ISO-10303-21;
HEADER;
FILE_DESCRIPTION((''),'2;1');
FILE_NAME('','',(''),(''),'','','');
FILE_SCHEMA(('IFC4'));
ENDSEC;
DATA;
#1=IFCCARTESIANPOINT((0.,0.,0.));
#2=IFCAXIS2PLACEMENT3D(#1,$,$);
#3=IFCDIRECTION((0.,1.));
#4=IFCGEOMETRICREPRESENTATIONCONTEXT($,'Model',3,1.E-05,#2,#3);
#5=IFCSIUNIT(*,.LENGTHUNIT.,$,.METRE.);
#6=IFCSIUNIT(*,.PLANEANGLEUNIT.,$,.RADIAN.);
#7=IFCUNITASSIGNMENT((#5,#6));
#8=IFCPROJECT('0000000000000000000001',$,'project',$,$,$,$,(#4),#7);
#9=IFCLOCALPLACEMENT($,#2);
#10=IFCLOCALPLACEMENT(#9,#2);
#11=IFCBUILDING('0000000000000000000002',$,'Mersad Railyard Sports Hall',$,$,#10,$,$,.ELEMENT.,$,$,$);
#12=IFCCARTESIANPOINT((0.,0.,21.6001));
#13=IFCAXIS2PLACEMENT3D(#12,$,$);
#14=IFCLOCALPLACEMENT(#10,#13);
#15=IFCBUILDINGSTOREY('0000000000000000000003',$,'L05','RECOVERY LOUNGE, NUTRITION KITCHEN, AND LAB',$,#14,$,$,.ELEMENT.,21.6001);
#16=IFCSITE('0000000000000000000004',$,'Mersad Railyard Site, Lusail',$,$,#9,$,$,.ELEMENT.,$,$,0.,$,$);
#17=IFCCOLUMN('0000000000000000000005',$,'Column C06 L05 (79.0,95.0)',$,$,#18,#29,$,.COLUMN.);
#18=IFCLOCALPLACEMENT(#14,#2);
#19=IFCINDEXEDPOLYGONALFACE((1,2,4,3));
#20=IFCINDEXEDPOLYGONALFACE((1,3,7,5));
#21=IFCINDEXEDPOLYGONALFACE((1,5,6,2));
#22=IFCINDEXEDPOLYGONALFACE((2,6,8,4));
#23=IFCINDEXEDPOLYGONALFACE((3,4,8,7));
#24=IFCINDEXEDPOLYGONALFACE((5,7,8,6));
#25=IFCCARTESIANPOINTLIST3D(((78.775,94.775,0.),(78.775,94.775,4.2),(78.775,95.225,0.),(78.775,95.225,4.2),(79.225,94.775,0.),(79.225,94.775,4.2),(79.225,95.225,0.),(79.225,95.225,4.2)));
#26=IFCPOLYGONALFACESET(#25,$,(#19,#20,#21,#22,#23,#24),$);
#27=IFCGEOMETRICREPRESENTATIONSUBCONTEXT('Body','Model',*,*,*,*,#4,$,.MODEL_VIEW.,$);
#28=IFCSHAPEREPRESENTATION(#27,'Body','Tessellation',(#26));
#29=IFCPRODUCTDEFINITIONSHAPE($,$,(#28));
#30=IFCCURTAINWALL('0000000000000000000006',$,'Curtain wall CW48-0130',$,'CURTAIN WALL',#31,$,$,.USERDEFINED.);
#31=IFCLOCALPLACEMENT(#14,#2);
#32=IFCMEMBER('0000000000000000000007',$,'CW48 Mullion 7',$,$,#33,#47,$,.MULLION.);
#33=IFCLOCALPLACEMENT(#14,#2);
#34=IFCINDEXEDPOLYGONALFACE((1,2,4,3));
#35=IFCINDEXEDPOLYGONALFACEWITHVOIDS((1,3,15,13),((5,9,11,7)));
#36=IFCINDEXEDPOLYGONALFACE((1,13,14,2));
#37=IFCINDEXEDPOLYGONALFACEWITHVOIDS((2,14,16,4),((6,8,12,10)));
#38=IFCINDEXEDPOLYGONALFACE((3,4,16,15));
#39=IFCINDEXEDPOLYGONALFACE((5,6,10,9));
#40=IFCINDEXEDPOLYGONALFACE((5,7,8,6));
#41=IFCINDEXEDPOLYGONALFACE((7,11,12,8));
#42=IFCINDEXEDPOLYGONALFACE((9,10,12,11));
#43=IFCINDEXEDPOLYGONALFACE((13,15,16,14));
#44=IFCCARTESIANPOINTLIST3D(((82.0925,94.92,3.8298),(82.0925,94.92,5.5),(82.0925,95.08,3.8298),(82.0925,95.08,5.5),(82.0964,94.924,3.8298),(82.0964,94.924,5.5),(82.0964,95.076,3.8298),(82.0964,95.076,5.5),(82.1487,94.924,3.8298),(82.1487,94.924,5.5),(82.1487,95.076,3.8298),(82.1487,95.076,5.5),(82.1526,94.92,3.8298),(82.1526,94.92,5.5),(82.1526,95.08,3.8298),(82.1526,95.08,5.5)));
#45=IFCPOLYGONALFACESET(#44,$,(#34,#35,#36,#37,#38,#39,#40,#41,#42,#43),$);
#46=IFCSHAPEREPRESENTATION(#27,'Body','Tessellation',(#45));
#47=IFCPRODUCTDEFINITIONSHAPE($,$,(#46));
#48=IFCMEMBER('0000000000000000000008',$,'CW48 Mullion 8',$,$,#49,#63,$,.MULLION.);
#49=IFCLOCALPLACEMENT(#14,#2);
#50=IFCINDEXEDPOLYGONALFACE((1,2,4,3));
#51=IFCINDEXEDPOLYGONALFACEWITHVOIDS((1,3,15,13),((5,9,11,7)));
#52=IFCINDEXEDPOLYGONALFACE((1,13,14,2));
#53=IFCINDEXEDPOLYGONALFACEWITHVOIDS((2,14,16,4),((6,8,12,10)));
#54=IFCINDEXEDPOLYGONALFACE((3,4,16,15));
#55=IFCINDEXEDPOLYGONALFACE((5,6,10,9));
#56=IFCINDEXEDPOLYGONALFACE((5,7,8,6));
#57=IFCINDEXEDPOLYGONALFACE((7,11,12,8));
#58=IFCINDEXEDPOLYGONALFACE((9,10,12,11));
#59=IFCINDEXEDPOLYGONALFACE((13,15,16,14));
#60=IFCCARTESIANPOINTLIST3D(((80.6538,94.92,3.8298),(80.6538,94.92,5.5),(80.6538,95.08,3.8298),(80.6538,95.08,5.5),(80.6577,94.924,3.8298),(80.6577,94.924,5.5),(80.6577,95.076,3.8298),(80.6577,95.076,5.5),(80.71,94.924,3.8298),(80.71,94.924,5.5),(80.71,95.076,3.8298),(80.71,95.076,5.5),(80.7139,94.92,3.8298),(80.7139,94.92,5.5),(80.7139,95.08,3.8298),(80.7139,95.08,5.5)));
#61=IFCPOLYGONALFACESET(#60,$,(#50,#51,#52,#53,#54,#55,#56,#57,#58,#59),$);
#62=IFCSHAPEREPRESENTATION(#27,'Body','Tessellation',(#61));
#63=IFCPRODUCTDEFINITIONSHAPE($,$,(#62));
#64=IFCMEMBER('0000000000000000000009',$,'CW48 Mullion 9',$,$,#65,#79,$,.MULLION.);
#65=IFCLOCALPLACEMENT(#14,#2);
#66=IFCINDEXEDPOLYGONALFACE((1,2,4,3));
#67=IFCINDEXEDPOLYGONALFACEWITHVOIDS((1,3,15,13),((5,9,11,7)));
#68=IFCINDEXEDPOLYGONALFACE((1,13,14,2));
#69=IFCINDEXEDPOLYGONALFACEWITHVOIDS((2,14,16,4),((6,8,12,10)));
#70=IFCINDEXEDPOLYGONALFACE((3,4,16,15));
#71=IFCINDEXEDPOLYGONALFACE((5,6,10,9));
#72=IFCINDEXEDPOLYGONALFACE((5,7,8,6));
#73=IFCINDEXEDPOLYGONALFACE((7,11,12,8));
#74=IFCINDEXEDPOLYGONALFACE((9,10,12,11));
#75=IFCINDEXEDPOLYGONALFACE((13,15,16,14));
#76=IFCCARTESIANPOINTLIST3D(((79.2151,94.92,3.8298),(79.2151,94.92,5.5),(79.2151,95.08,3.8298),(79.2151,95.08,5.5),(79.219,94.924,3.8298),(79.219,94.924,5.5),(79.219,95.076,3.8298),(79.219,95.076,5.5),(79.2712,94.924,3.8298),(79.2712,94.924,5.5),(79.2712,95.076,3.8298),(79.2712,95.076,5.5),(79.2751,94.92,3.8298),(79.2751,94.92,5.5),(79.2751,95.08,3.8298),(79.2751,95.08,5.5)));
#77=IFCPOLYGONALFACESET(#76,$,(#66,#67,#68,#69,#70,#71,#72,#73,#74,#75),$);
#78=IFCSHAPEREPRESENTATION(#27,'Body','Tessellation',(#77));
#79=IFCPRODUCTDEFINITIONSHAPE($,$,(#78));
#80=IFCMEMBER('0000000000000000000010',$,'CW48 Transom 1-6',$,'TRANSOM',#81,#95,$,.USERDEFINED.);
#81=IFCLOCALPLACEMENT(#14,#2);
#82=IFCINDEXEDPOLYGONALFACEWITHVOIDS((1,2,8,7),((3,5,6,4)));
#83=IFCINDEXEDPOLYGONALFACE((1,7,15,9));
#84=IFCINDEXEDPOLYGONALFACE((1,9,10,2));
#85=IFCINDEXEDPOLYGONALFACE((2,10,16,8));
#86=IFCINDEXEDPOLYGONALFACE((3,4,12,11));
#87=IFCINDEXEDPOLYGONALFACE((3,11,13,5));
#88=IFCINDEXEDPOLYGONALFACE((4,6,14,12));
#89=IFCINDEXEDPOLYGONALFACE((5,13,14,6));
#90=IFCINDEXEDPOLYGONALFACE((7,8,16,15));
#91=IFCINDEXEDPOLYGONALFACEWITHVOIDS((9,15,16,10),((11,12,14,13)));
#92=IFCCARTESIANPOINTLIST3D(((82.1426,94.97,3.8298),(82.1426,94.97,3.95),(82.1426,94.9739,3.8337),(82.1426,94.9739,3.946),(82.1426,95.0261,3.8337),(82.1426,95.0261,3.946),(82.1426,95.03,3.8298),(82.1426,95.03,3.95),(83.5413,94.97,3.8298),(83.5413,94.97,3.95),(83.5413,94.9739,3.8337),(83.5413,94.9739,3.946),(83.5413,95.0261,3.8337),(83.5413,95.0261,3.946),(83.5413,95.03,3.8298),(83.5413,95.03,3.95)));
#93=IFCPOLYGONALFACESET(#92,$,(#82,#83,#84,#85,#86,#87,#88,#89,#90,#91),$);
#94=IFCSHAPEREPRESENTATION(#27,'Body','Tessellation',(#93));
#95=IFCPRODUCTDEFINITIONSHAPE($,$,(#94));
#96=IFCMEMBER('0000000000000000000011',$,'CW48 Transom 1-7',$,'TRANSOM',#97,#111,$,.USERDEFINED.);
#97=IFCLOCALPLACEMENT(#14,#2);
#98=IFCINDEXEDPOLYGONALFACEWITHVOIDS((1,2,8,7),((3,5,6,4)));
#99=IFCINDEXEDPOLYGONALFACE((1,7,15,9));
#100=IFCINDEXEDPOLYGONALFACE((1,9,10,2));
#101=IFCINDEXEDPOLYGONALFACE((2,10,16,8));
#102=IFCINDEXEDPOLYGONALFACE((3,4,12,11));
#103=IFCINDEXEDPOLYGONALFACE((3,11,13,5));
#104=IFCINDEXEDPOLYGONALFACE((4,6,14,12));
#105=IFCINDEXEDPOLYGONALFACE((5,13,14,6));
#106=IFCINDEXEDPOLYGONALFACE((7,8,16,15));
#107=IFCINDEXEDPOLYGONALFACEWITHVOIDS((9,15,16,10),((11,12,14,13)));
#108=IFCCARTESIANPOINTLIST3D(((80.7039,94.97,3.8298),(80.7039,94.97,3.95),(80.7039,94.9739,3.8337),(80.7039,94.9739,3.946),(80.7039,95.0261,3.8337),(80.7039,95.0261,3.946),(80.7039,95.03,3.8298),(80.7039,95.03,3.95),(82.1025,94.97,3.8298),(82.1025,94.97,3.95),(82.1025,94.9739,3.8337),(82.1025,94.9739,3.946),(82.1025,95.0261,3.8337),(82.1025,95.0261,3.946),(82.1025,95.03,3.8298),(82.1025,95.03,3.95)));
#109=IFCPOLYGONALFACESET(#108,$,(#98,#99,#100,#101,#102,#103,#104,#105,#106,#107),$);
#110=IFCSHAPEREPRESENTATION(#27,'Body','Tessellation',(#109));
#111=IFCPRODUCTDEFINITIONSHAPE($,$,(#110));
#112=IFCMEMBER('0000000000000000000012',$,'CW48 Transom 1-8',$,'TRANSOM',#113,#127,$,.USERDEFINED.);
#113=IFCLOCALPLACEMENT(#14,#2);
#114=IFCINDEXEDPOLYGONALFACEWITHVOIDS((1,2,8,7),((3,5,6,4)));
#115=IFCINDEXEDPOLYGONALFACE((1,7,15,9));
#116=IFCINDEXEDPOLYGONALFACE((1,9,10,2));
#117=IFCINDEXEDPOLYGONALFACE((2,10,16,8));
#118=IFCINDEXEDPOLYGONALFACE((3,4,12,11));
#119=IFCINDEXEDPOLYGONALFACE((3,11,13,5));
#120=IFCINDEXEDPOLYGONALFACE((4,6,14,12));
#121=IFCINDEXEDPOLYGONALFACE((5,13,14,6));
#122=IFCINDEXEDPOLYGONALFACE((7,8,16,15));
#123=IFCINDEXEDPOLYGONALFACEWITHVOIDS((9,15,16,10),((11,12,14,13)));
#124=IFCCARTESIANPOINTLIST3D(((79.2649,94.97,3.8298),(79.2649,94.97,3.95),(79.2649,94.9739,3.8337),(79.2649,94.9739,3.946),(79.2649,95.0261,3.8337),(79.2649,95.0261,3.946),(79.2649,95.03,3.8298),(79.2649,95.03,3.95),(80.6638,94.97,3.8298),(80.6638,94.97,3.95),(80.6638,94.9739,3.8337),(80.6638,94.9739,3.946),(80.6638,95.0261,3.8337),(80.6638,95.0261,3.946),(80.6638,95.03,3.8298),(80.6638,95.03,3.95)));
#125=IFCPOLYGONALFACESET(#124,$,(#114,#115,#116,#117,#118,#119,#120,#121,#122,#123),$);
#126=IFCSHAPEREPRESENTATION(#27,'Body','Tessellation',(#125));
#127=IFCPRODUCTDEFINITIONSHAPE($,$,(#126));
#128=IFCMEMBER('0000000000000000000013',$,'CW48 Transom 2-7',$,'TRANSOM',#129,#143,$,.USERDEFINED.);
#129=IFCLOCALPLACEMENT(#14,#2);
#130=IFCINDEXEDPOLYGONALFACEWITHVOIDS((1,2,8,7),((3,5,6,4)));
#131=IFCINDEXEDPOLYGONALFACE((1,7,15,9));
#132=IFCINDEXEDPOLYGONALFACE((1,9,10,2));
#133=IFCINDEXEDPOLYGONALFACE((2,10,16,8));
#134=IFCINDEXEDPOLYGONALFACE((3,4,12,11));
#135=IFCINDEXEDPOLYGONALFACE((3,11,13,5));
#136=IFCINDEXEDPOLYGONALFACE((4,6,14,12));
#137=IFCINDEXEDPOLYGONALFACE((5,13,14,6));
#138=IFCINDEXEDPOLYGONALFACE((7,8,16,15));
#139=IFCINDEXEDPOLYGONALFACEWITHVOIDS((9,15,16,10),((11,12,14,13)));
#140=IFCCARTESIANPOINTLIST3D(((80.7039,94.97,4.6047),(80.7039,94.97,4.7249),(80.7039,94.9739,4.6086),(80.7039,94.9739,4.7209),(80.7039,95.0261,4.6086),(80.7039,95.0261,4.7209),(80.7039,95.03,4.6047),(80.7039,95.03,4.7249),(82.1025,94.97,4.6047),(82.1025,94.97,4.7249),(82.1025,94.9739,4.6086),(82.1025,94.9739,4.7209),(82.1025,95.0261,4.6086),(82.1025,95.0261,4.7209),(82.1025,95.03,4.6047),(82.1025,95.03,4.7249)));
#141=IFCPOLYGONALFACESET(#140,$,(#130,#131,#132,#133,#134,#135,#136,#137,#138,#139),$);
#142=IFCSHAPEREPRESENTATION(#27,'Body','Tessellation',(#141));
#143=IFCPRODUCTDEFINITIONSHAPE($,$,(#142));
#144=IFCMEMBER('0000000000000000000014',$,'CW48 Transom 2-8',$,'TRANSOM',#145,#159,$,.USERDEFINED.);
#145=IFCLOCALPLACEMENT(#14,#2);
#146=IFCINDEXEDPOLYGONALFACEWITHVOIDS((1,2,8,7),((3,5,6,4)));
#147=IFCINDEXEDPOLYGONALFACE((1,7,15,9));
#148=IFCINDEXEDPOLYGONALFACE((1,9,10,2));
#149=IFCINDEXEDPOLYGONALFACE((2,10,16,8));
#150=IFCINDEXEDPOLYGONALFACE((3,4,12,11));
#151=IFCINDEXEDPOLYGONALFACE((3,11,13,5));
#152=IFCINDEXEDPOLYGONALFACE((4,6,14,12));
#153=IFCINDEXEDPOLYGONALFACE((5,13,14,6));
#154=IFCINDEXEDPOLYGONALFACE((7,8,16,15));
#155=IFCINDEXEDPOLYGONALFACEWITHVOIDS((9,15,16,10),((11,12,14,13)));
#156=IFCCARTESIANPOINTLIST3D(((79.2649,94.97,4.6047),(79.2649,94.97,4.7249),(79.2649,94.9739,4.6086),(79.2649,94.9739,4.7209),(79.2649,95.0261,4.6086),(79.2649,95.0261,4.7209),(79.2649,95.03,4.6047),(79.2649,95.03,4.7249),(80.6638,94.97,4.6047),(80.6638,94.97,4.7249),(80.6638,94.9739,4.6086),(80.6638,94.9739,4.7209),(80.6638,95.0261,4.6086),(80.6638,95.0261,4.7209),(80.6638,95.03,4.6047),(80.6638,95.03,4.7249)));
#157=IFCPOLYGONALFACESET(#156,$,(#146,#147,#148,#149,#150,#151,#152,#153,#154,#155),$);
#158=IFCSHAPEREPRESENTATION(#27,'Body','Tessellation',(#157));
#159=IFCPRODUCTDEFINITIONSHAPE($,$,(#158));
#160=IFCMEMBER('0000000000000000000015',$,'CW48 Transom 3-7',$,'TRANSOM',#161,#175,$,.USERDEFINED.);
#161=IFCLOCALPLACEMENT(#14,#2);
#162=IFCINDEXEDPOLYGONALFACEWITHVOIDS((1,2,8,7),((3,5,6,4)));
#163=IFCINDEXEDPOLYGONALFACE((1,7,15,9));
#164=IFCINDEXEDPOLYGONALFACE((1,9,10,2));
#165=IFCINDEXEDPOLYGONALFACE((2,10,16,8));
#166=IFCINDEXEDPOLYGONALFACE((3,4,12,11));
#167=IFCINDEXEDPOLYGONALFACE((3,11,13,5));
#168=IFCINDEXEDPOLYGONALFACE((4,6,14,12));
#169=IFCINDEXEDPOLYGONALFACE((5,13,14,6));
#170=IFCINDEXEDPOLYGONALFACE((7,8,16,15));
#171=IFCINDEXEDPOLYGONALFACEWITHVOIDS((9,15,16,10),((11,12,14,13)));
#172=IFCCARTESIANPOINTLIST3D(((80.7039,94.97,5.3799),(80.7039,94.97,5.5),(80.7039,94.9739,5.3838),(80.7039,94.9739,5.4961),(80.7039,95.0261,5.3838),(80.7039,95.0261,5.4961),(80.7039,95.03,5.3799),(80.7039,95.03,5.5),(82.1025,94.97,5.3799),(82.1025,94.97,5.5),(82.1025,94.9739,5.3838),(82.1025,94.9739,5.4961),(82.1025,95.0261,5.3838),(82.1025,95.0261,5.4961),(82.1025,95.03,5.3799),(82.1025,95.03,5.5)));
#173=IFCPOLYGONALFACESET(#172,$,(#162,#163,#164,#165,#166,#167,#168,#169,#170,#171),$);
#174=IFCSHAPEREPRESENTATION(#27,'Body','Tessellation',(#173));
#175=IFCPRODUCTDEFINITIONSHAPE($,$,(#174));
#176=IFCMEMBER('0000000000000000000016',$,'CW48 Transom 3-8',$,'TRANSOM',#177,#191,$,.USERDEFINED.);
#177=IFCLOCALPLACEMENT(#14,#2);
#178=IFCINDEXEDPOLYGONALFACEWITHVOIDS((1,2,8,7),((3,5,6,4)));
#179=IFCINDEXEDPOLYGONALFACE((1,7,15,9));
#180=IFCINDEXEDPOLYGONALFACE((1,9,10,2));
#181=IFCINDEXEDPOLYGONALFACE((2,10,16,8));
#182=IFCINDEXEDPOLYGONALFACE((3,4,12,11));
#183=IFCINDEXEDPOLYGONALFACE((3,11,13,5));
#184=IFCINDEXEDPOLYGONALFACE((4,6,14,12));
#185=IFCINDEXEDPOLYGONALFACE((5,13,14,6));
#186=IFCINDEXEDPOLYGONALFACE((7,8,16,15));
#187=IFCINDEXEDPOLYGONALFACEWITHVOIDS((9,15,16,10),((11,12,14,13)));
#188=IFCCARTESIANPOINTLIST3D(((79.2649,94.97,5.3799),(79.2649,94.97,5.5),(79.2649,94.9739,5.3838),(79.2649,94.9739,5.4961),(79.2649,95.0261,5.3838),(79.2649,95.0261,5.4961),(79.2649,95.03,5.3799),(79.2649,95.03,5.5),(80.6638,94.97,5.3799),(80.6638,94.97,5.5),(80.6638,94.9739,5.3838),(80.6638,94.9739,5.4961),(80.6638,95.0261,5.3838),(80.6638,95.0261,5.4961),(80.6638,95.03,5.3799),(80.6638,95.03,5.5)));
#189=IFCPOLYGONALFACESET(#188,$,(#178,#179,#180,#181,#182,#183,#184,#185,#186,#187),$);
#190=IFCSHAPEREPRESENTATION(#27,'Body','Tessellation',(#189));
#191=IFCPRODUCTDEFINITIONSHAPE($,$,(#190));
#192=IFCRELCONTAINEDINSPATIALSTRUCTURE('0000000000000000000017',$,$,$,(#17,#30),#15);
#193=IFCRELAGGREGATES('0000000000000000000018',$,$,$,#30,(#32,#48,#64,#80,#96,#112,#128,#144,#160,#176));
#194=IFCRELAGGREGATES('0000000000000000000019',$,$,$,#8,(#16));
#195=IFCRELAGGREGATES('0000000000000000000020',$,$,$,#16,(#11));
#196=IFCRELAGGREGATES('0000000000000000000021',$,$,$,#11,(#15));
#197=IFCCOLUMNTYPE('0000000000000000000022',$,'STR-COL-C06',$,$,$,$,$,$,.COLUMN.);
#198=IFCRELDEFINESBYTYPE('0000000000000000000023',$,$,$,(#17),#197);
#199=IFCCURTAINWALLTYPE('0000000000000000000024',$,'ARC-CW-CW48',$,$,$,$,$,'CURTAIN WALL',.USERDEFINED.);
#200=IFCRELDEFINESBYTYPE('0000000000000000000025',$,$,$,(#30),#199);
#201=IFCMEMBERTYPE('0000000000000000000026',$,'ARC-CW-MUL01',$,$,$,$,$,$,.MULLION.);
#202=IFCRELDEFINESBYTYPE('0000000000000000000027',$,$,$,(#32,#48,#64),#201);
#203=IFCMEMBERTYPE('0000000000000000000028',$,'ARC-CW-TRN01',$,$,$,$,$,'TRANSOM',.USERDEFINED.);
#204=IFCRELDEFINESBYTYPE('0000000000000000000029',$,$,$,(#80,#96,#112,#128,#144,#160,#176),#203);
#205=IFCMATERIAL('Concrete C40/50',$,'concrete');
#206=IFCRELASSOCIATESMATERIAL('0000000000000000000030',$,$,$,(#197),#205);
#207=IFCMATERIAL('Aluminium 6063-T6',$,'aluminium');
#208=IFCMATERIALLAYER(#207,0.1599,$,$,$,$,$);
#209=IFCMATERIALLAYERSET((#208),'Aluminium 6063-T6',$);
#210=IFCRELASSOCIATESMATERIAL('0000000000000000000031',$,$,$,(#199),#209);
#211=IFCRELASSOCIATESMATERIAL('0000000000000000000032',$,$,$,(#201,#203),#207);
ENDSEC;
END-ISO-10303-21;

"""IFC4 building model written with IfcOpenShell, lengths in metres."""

from ifc_helpers import new_model, si_unit, direction, frame, origin, origin_2d, place, context, subcontext, project, spatial, rectangle, hollow_rectangle, extrude, material, layer, layer_set, material_profile, profile_set, type_object, element, aggregate, save


model = new_model("IFC4")

# Units and contexts
model_context = context("Model", 3, precision=1e-05, world=origin(), true_north=direction((0.0, 1.0)))
body_context = subcontext(model_context, "Body", "Model", "MODEL_VIEW")
ifc_project = project(units=[si_unit("LENGTHUNIT", "METRE"), si_unit("PLANEANGLEUNIT", "RADIAN")], contexts=[model_context])

# Site, building, storey
site_placement = place(None, origin())
site = spatial("IfcSite", under=ifc_project, at=site_placement, Name="Mersad Railyard Site, Lusail", CompositionType="ELEMENT", RefElevation=0.0)
building_placement = place(site_placement, origin())
building = spatial("IfcBuilding", under=site, at=building_placement, Name="Mersad Railyard Sports Hall", CompositionType="ELEMENT")
storey_placement = place(building_placement, frame((0.0, 0.0, 21.6001)))
storey = spatial("IfcBuildingStorey", under=building, at=storey_placement, Name="L05", Description="RECOVERY LOUNGE, NUTRITION KITCHEN, AND LAB", CompositionType="ELEMENT", Elevation=21.6001)

# Column
ifc_material_1 = material(Name="Concrete C40/50", Category="concrete")
ifc_material_profile_1 = material_profile(ifc_material_1, rectangle(XDim=0.45, YDim=0.45, at=origin_2d()), Name="RC 450x450")
ifc_profile_set_1 = profile_set([ifc_material_profile_1], Name="Concrete C40/50")
column_type = type_object("IfcColumnType", Name="STR-COL-C06", PredefinedType="COLUMN", material=ifc_profile_set_1)
column_placement = place(storey_placement, frame((79.0, 95.0, 0.0), z_axis=(0.0, 0.0, 1.0), x_axis=(1.0, 0.0, 0.0)))
element("IfcColumn", 1, at=column_placement, inside=storey, type_object=column_type, Name="Column C06 L05 (79.0,95.0)", PredefinedType="COLUMN", context=body_context, shape_type="SweptSolid", body=[
    extrude(rectangle(XDim=0.45, YDim=0.45, at=origin_2d()), origin(), (0.0, 0.0, 1.0), 4.2),
])

# Curtain wall, members
ifc_material_2 = material(Name="Aluminium 6063-T6", Category="aluminium")
ifc_layer_1 = layer(ifc_material_2, 0.1599)
ifc_layer_set_1 = layer_set([ifc_layer_1], Name="Aluminium 6063-T6")
curtain_wall_type = type_object("IfcCurtainWallType", Name="ARC-CW-CW48", ElementType="CURTAIN WALL", PredefinedType="USERDEFINED", material=ifc_layer_set_1)
curtain_wall_placement = place(storey_placement, origin())
curtain_wall = element("IfcCurtainWall", 2, at=curtain_wall_placement, inside=storey, type_object=curtain_wall_type, Name="Curtain wall CW48-0130", ObjectType="CURTAIN WALL", PredefinedType="USERDEFINED")
ifc_material_profile_2 = material_profile(ifc_material_2, hollow_rectangle(XDim=0.0601, YDim=0.1599, WallThickness=0.0039, at=origin_2d()), Name="AL MULLION 60x160x4")
ifc_profile_set_2 = profile_set([ifc_material_profile_2], Name="Aluminium 6063-T6")
member_type_1 = type_object("IfcMemberType", Name="ARC-CW-MUL01", PredefinedType="MULLION", material=ifc_profile_set_2)
member_1_placement = place(storey_placement, frame((82.1226, 95.0, 3.8298), z_axis=(0.0, 0.0, 1.0), x_axis=(1.0, 0.0, 0.0)))
member_1 = element("IfcMember", 3, at=member_1_placement, type_object=member_type_1, Name="CW48 Mullion 7", PredefinedType="MULLION", context=body_context, shape_type="SweptSolid", body=[
    extrude(hollow_rectangle(XDim=0.0601, YDim=0.1599, WallThickness=0.0039, at=origin_2d()), origin(), (0.0, 0.0, 1.0), 1.6702),
])
member_2_placement = place(storey_placement, frame((80.6838, 95.0, 3.8298), z_axis=(0.0, 0.0, 1.0), x_axis=(1.0, 0.0, 0.0)))
member_2 = element("IfcMember", 4, at=member_2_placement, type_object=member_type_1, Name="CW48 Mullion 8", PredefinedType="MULLION", context=body_context, shape_type="SweptSolid", body=[
    extrude(hollow_rectangle(XDim=0.0601, YDim=0.1599, WallThickness=0.0039, at=origin_2d()), origin(), (0.0, 0.0, 1.0), 1.6702),
])
member_3_placement = place(storey_placement, frame((79.2451, 95.0, 3.8298), z_axis=(0.0, 0.0, 1.0), x_axis=(1.0, 0.0, 0.0)))
member_3 = element("IfcMember", 5, at=member_3_placement, type_object=member_type_1, Name="CW48 Mullion 9", PredefinedType="MULLION", context=body_context, shape_type="SweptSolid", body=[
    extrude(hollow_rectangle(XDim=0.0601, YDim=0.1599, WallThickness=0.0039, at=origin_2d()), origin(), (0.0, 0.0, 1.0), 1.6702),
])
ifc_material_profile_3 = material_profile(ifc_material_2, hollow_rectangle(XDim=0.0601, YDim=0.1201, WallThickness=0.0039, at=origin_2d()), Name="AL TRANSOM 60x120x4")
ifc_profile_set_3 = profile_set([ifc_material_profile_3], Name="Aluminium 6063-T6")
member_type_2 = type_object("IfcMemberType", Name="ARC-CW-TRN01", ElementType="TRANSOM", PredefinedType="USERDEFINED", material=ifc_profile_set_3)
member_4_placement = place(storey_placement, frame((83.5413, 95.0, 3.8899), z_axis=(-1.0, 0.0, 0.0), x_axis=(0.0, -1.0, 0.0)))
member_4 = element("IfcMember", 6, at=member_4_placement, type_object=member_type_2, Name="CW48 Transom 1-6", ObjectType="TRANSOM", PredefinedType="USERDEFINED", context=body_context, shape_type="SweptSolid", body=[
    extrude(hollow_rectangle(XDim=0.0601, YDim=0.1201, WallThickness=0.0039, at=origin_2d()), origin(), (0.0, 0.0, 1.0), 1.3987),
])
member_5_placement = place(storey_placement, frame((82.1025, 95.0, 3.8899), z_axis=(-1.0, 0.0, 0.0), x_axis=(0.0, -1.0, 0.0)))
member_5 = element("IfcMember", 7, at=member_5_placement, type_object=member_type_2, Name="CW48 Transom 1-7", ObjectType="TRANSOM", PredefinedType="USERDEFINED", context=body_context, shape_type="SweptSolid", body=[
    extrude(hollow_rectangle(XDim=0.0601, YDim=0.1201, WallThickness=0.0039, at=origin_2d()), origin(), (0.0, 0.0, 1.0), 1.3987),
])
member_6_placement = place(storey_placement, frame((80.6638, 95.0, 3.8899), z_axis=(-1.0, 0.0, 0.0), x_axis=(0.0, -1.0, 0.0)))
member_6 = element("IfcMember", 8, at=member_6_placement, type_object=member_type_2, Name="CW48 Transom 1-8", ObjectType="TRANSOM", PredefinedType="USERDEFINED", context=body_context, shape_type="SweptSolid", body=[
    extrude(hollow_rectangle(XDim=0.0601, YDim=0.1201, WallThickness=0.0039, at=origin_2d()), origin(), (0.0, 0.0, 1.0), 1.3989),
])
member_7_placement = place(storey_placement, frame((82.1025, 95.0, 4.6648), z_axis=(-1.0, 0.0, 0.0), x_axis=(0.0, -1.0, 0.0)))
member_7 = element("IfcMember", 9, at=member_7_placement, type_object=member_type_2, Name="CW48 Transom 2-7", ObjectType="TRANSOM", PredefinedType="USERDEFINED", context=body_context, shape_type="SweptSolid", body=[
    extrude(hollow_rectangle(XDim=0.0601, YDim=0.1201, WallThickness=0.0039, at=origin_2d()), origin(), (0.0, 0.0, 1.0), 1.3987),
])
member_8_placement = place(storey_placement, frame((80.6638, 95.0, 4.6648), z_axis=(-1.0, 0.0, 0.0), x_axis=(0.0, -1.0, 0.0)))
member_8 = element("IfcMember", 10, at=member_8_placement, type_object=member_type_2, Name="CW48 Transom 2-8", ObjectType="TRANSOM", PredefinedType="USERDEFINED", context=body_context, shape_type="SweptSolid", body=[
    extrude(hollow_rectangle(XDim=0.0601, YDim=0.1201, WallThickness=0.0039, at=origin_2d()), origin(), (0.0, 0.0, 1.0), 1.3989),
])
member_9_placement = place(storey_placement, frame((82.1025, 95.0, 5.4399), z_axis=(-1.0, 0.0, 0.0), x_axis=(0.0, -1.0, 0.0)))
member_9 = element("IfcMember", 11, at=member_9_placement, type_object=member_type_2, Name="CW48 Transom 3-7", ObjectType="TRANSOM", PredefinedType="USERDEFINED", context=body_context, shape_type="SweptSolid", body=[
    extrude(hollow_rectangle(XDim=0.0601, YDim=0.1201, WallThickness=0.0039, at=origin_2d()), origin(), (0.0, 0.0, 1.0), 1.3987),
])
member_10_placement = place(storey_placement, frame((80.6638, 95.0, 5.4399), z_axis=(-1.0, 0.0, 0.0), x_axis=(0.0, -1.0, 0.0)))
member_10 = element("IfcMember", 12, at=member_10_placement, type_object=member_type_2, Name="CW48 Transom 3-8", ObjectType="TRANSOM", PredefinedType="USERDEFINED", context=body_context, shape_type="SweptSolid", body=[
    extrude(hollow_rectangle(XDim=0.0601, YDim=0.1201, WallThickness=0.0039, at=origin_2d()), origin(), (0.0, 0.0, 1.0), 1.3989),
])

aggregate(curtain_wall, [member_1, member_2, member_3, member_4, member_5, member_6, member_7, member_8, member_9, member_10])

save(model, "model.ifc")
